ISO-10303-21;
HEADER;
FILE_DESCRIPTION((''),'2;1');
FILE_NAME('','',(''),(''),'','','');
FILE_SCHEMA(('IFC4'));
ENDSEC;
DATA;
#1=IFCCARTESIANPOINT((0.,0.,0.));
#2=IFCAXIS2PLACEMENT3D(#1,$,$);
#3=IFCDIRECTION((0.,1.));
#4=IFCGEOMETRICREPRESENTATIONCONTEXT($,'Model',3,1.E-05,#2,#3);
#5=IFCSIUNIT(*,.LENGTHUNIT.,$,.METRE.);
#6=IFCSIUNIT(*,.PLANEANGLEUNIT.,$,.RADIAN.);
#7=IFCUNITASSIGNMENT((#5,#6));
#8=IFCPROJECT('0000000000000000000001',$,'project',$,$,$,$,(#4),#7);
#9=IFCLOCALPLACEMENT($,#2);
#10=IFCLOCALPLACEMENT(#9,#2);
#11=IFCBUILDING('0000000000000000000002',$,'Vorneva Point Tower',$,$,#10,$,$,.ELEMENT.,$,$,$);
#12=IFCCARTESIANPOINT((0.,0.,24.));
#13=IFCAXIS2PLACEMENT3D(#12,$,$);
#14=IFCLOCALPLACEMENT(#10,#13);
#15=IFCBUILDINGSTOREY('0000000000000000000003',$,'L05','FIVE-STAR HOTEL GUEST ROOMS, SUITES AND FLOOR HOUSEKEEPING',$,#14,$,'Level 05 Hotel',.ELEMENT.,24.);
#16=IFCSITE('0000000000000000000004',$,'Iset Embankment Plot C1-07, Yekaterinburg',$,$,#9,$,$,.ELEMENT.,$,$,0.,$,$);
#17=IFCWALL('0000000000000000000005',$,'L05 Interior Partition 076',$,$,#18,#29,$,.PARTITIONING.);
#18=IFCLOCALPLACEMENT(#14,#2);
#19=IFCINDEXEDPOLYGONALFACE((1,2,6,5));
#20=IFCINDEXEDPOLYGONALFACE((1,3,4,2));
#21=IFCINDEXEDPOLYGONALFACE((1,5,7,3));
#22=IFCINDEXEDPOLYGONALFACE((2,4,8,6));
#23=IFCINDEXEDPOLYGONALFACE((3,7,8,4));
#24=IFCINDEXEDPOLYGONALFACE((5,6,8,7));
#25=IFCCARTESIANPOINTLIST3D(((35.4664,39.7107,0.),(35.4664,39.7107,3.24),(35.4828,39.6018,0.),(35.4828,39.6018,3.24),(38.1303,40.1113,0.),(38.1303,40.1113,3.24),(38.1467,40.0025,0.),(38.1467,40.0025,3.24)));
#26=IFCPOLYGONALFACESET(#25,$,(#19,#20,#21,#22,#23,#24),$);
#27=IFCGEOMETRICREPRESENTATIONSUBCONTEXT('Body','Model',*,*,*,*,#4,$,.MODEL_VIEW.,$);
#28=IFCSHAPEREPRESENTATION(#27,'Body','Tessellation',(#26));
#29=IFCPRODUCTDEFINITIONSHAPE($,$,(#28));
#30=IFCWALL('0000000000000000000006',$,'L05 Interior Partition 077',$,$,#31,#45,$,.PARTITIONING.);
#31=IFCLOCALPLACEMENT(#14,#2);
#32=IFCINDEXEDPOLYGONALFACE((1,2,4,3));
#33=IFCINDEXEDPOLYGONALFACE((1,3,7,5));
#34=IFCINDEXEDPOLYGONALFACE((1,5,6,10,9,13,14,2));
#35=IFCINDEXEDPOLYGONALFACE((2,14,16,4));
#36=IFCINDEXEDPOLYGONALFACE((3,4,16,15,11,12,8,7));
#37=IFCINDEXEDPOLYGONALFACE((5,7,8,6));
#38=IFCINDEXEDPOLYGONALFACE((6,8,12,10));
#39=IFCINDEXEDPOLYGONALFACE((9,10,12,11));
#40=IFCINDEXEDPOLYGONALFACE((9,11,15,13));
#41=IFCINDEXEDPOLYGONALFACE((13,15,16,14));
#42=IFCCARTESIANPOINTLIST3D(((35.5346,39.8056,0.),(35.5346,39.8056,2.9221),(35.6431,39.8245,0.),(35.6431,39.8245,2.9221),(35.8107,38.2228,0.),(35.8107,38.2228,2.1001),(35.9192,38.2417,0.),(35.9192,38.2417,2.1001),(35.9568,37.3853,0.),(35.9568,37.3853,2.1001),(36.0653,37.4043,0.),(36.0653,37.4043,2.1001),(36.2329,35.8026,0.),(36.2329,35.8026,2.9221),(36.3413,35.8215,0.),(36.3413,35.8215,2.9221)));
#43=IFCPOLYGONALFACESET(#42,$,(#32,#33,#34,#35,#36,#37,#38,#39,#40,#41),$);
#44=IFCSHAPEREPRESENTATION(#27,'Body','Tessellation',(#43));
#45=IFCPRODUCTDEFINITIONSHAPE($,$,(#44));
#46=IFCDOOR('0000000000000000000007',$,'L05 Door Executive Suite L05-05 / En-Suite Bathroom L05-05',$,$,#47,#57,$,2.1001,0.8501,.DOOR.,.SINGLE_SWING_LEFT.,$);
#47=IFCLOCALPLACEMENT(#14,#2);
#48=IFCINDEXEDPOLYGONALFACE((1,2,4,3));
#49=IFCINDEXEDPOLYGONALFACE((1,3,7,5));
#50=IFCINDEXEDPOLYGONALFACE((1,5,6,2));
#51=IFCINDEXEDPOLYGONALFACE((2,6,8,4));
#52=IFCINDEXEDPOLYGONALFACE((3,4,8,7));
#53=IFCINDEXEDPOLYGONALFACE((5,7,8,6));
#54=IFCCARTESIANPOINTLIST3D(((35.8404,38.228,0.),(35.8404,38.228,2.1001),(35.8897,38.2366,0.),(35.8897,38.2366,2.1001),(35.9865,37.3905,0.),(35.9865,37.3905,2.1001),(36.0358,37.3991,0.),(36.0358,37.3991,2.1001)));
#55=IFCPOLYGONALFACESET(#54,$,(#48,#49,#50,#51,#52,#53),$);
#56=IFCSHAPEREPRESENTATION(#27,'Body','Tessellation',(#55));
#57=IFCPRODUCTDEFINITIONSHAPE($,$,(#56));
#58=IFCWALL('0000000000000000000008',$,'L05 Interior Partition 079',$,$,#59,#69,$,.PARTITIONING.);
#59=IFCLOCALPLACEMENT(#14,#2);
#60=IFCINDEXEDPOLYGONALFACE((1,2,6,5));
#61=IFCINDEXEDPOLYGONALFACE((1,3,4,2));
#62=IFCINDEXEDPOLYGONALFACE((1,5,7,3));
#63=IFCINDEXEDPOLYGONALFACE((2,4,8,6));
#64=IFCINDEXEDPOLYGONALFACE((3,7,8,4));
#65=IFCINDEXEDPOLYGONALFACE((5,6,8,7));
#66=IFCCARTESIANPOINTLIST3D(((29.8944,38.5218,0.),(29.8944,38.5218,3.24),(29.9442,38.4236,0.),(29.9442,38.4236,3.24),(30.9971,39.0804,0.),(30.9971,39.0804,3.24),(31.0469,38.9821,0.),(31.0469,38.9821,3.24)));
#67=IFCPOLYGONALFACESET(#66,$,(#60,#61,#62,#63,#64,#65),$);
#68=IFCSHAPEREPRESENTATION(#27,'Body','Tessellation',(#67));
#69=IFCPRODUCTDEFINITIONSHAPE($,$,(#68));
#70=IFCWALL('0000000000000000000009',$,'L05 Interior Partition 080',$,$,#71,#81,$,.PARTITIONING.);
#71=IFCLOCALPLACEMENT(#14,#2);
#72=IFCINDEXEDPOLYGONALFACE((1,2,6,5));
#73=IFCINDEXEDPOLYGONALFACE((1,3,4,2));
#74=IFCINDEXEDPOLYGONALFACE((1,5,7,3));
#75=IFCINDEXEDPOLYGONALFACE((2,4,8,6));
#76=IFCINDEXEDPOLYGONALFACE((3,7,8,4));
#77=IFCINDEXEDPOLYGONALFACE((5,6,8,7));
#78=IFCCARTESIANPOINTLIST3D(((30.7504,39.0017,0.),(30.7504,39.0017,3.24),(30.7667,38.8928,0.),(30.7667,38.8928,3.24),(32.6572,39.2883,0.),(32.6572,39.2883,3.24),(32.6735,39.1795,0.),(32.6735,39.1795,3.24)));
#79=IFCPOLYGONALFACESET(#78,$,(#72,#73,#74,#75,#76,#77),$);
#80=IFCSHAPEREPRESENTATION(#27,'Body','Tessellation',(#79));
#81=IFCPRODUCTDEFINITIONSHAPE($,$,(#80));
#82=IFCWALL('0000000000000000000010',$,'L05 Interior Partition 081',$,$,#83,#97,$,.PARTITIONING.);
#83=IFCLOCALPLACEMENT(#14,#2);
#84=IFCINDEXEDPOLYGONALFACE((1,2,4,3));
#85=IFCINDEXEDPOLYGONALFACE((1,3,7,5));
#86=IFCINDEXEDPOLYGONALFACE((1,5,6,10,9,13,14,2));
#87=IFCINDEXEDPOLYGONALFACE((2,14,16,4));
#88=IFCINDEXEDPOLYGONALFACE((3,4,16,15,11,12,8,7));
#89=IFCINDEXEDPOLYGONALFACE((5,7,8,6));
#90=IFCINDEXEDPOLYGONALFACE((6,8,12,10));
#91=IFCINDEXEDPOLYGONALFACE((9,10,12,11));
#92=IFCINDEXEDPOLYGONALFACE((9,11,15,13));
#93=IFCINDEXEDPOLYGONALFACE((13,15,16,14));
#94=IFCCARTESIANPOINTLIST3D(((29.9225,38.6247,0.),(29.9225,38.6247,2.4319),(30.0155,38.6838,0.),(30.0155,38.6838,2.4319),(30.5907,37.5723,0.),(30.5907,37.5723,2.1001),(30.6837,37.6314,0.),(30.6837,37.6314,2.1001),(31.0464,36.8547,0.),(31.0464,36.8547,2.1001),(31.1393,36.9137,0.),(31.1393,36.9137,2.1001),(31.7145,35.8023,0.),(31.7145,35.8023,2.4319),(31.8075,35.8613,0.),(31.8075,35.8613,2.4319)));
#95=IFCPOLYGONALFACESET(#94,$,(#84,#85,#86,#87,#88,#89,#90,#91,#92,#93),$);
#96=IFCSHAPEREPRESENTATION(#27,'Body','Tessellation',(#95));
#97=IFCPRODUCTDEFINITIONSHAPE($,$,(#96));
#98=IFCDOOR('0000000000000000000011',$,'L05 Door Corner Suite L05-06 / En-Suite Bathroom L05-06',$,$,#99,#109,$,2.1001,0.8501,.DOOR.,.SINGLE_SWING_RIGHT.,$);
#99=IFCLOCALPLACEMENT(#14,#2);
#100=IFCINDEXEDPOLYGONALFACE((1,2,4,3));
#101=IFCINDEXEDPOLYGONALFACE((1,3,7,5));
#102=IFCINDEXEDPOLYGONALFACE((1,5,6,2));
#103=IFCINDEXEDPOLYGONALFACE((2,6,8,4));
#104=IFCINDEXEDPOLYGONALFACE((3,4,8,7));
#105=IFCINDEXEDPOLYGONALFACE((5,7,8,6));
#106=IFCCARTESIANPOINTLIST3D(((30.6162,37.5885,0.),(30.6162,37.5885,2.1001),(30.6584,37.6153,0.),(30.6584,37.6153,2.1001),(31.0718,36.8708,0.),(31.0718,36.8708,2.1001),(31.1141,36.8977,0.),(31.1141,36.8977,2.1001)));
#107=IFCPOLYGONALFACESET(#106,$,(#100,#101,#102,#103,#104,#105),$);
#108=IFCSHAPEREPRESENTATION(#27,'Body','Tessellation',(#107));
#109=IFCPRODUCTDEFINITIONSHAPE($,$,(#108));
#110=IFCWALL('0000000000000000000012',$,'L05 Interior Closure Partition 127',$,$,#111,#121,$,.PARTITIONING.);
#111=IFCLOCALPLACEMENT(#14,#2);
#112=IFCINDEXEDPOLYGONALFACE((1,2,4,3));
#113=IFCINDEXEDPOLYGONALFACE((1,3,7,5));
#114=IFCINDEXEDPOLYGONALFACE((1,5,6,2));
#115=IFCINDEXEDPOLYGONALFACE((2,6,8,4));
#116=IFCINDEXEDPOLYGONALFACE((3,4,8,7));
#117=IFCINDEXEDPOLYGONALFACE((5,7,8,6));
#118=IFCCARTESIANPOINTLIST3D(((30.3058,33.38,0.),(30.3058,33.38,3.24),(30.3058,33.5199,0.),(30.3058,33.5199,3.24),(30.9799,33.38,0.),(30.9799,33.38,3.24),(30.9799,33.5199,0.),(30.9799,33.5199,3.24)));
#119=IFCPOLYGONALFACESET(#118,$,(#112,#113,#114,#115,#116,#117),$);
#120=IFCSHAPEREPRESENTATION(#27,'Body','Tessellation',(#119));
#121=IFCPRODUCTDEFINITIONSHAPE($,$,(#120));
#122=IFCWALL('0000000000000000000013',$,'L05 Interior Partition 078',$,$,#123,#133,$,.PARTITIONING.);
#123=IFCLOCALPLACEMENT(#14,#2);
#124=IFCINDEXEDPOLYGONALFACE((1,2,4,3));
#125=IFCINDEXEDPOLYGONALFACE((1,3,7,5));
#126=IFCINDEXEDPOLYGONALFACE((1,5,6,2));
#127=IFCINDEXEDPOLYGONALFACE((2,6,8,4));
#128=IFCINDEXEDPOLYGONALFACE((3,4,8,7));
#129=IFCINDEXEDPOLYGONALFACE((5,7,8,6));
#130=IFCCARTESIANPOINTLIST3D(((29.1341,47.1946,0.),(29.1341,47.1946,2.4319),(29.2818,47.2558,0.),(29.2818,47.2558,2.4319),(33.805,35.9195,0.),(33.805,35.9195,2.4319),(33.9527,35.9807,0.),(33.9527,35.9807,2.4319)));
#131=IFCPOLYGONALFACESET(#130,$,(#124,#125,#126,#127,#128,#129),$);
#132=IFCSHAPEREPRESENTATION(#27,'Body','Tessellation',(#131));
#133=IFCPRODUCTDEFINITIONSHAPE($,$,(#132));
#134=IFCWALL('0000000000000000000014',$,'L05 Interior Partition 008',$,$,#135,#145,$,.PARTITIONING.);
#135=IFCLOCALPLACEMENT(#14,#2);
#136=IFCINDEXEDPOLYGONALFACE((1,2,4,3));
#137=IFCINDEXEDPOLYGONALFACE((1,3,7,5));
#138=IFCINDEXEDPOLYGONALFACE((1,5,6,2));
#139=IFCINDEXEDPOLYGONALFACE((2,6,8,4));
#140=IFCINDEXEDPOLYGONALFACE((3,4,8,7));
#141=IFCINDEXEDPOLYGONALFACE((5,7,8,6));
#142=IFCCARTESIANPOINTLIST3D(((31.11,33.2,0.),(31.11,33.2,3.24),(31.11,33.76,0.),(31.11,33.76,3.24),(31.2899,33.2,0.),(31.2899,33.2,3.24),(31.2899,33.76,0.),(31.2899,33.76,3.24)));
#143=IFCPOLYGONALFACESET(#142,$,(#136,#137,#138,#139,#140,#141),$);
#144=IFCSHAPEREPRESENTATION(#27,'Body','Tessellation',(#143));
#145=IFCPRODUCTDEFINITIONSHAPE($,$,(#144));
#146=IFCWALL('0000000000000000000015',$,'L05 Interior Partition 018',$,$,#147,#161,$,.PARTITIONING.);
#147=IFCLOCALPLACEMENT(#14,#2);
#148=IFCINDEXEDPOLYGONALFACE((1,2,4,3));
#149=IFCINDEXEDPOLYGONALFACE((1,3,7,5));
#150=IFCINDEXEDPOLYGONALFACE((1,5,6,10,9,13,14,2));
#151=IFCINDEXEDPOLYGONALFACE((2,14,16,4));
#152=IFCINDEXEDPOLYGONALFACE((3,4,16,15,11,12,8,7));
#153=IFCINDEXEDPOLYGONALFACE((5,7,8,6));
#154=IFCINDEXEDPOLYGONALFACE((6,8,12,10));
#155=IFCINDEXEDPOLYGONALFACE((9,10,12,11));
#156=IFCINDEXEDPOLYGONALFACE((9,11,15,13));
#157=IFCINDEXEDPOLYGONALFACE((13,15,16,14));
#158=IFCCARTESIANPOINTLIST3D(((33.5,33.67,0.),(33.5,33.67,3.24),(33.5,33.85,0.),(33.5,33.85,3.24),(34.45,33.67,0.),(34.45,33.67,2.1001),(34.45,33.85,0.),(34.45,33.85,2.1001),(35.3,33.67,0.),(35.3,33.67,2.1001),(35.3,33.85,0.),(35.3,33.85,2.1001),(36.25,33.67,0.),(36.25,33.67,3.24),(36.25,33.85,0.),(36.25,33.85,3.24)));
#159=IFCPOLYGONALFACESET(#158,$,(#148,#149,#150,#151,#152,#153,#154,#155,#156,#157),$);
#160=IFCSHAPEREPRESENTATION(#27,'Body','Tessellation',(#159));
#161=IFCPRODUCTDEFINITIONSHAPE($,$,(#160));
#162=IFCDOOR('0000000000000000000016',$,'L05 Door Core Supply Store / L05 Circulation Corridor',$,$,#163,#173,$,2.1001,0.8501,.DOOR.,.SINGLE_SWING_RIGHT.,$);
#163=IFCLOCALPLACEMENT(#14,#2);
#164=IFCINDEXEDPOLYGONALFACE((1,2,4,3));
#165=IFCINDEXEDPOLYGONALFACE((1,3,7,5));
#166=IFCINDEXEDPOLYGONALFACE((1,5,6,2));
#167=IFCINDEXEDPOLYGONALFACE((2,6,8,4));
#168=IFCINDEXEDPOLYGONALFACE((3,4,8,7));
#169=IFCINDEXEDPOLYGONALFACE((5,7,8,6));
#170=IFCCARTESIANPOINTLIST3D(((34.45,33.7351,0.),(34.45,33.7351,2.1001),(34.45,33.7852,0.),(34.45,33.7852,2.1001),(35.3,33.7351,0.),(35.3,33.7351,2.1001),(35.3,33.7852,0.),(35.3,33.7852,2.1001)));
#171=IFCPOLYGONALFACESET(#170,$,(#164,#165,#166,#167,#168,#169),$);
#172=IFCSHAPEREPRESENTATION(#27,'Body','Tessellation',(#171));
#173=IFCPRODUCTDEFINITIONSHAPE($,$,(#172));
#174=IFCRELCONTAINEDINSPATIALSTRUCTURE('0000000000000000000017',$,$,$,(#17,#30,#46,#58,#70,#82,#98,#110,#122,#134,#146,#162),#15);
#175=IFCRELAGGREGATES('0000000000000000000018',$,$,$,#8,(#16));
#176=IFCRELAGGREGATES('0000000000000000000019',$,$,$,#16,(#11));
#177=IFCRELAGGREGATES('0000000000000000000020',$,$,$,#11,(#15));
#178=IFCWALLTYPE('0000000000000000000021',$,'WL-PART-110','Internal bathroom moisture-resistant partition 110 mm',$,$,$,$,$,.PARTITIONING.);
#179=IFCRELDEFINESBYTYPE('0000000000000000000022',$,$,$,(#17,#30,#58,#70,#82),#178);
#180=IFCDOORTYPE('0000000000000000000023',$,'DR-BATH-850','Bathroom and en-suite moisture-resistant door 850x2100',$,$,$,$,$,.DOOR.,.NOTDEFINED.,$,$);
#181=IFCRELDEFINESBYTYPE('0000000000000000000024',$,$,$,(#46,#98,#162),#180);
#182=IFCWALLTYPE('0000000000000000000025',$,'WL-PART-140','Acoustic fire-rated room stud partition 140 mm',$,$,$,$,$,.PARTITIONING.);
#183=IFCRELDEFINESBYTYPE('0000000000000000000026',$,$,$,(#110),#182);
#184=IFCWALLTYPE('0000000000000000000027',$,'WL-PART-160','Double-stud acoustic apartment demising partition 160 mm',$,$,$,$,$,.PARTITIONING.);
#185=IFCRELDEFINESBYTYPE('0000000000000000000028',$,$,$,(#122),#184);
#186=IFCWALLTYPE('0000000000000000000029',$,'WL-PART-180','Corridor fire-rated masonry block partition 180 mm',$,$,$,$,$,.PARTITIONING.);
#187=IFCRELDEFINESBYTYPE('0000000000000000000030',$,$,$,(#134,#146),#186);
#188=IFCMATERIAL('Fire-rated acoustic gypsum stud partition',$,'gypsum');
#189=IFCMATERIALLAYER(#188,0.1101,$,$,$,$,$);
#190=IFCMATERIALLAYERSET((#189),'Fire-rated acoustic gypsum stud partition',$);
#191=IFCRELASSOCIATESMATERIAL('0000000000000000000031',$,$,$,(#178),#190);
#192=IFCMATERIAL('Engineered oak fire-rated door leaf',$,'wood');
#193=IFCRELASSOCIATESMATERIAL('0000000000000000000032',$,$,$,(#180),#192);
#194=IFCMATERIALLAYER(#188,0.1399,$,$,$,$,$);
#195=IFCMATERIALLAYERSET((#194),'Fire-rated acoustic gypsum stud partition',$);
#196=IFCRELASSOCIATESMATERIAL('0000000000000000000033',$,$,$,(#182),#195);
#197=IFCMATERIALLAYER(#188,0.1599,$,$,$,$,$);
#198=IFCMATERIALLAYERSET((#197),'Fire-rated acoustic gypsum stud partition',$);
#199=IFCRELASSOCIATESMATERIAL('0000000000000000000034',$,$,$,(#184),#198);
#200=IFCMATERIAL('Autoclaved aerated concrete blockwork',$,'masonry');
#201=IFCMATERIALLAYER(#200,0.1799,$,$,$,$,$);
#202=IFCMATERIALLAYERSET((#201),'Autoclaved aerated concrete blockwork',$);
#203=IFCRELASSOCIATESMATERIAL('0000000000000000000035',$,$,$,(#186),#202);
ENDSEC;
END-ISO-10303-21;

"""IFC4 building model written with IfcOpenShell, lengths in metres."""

from ifc_helpers import new_model, si_unit, direction, frame, frame_2d, origin, place, context, subcontext, project, spatial, rectangle, extrude, material, layer, layer_set, type_object, element, fill, save


model = new_model("IFC4")

# Units and contexts
model_context = context("Model", 3, precision=1e-05, world=origin(), true_north=direction((0.0, 1.0)))
body_context = subcontext(model_context, "Body", "Model", "MODEL_VIEW")
ifc_project = project(units=[si_unit("LENGTHUNIT", "METRE"), si_unit("PLANEANGLEUNIT", "RADIAN")], contexts=[model_context])

# Site, building, storey
site_placement = place(None, origin())
site = spatial("IfcSite", under=ifc_project, at=site_placement, Name="Iset Embankment Plot C1-07, Yekaterinburg", CompositionType="ELEMENT", RefElevation=0.0)
building_placement = place(site_placement, origin())
building = spatial("IfcBuilding", under=site, at=building_placement, Name="Vorneva Point Tower", CompositionType="ELEMENT")
storey_placement = place(building_placement, frame((0.0, 0.0, 24.0)))
storey = spatial("IfcBuildingStorey", under=building, at=storey_placement, Name="L05", Description="FIVE-STAR HOTEL GUEST ROOMS, SUITES AND FLOOR HOUSEKEEPING", LongName="Level 05 Hotel", CompositionType="ELEMENT", Elevation=24.0)

# Wall
ifc_material_1 = material(Name="Fire-rated acoustic gypsum stud partition", Category="gypsum")
ifc_layer_1 = layer(ifc_material_1, 0.1101)
ifc_layer_set_1 = layer_set([ifc_layer_1], Name="Fire-rated acoustic gypsum stud partition")
wall_type_1 = type_object("IfcWallType", Name="WL-PART-110", Description="Internal bathroom moisture-resistant partition 110 mm", PredefinedType="PARTITIONING", material=ifc_layer_set_1)
wall_1_placement = place(storey_placement, frame((35.4746, 39.6562, 0.0), z_axis=(0.0, 0.0, 1.0), x_axis=(0.988878, 0.148726, 0.0)))
element("IfcWall", 1, at=wall_1_placement, inside=storey, type_object=wall_type_1, Name="L05 Interior Partition 076", PredefinedType="PARTITIONING", context=body_context, shape_type="SweptSolid", body=[
    extrude(rectangle(XDim=2.6938, YDim=0.1101, at=frame_2d((1.3469, 0.0))), origin(), (0.0, 0.0, 1.0), 3.24),
])

# Wall, opening, door
wall_2_placement = place(storey_placement, frame((36.2871, 35.812, 0.0), z_axis=(0.0, 0.0, 1.0), x_axis=(-0.171838, 0.985125, 0.0)))
wall_2 = element("IfcWall", 2, at=wall_2_placement, inside=storey, type_object=wall_type_1, Name="L05 Interior Partition 077", PredefinedType="PARTITIONING", context=body_context, shape_type="SweptSolid", body=[
    extrude(rectangle(XDim=4.0635, YDim=0.1101, at=frame_2d((2.0317, 0.0))), origin(), (0.0, 0.0, 1.0), 2.9221),
])
opening_1_placement = place(wall_2_placement, frame((1.6067, 0.0, 0.0)))
opening_1 = element("IfcOpeningElement", 3, at=opening_1_placement, cuts=wall_2, PredefinedType="OPENING", context=body_context, shape_type="SweptSolid", body=[
    extrude(rectangle(XDim=0.8501, YDim=2.1001, at=frame_2d((0.425, 1.05))), frame((0.0, 0.0698, 0.0), z_axis=(0.0, -1.0, 0.0), x_axis=(1.0, 0.0, 0.0)), (0.0, 0.0, 1.0), 0.1399),
])
ifc_material_2 = material(Name="Engineered oak fire-rated door leaf", Category="wood")
door_type_1 = type_object("IfcDoorType", Name="DR-BATH-850", Description="Bathroom and en-suite moisture-resistant door 850x2100", OperationType="NOTDEFINED", PredefinedType="DOOR", material=ifc_material_2)
door_1_placement = place(opening_1_placement, origin())
door_1 = element("IfcDoor", 4, at=door_1_placement, inside=storey, type_object=door_type_1, Name="L05 Door Executive Suite L05-05 / En-Suite Bathroom L05-05", OperationType="SINGLE_SWING_LEFT", OverallHeight=2.1001, OverallWidth=0.8501, PredefinedType="DOOR", context=body_context, shape_type="SweptSolid", body=[
    extrude(rectangle(XDim=0.8501, YDim=2.1001, at=frame_2d((0.425, 1.05))), frame((0.0, 0.0249, 0.0), z_axis=(0.0, -1.0, 0.0), x_axis=(1.0, 0.0, 0.0)), (0.0, 0.0, 1.0), 0.05),
])
fill(opening_1, door_1)

# Walls
wall_3_placement = place(storey_placement, frame((29.9192, 38.4727, 0.0), z_axis=(0.0, 0.0, 1.0), x_axis=(0.892085, 0.451868, 0.0)))
element("IfcWall", 5, at=wall_3_placement, inside=storey, type_object=wall_type_1, Name="L05 Interior Partition 079", PredefinedType="PARTITIONING", context=body_context, shape_type="SweptSolid", body=[
    extrude(rectangle(XDim=1.2361, YDim=0.1101, at=frame_2d((0.6182, 0.0))), origin(), (0.0, 0.0, 1.0), 3.24),
])
wall_4_placement = place(storey_placement, frame((30.7585, 38.9473, 0.0), z_axis=(0.0, 0.0, 1.0), x_axis=(0.98889, 0.14865, 0.0)))
element("IfcWall", 6, at=wall_4_placement, inside=storey, type_object=wall_type_1, Name="L05 Interior Partition 080", PredefinedType="PARTITIONING", context=body_context, shape_type="SweptSolid", body=[
    extrude(rectangle(XDim=1.9282, YDim=0.1101, at=frame_2d((0.9641, 0.0))), origin(), (0.0, 0.0, 1.0), 3.24),
])

# Wall, opening, door
wall_5_placement = place(storey_placement, frame((31.761, 35.8318, 0.0), z_axis=(0.0, 0.0, 1.0), x_axis=(-0.535992, 0.844223, 0.0)))
wall_5 = element("IfcWall", 7, at=wall_5_placement, inside=storey, type_object=wall_type_1, Name="L05 Interior Partition 081", PredefinedType="PARTITIONING", context=body_context, shape_type="SweptSolid", body=[
    extrude(rectangle(XDim=3.3433, YDim=0.1101, at=frame_2d((1.6716, 0.0))), origin(), (0.0, 0.0, 1.0), 2.4319),
])
opening_2_placement = place(wall_5_placement, frame((1.2466, 0.0, 0.0)))
opening_2 = element("IfcOpeningElement", 8, at=opening_2_placement, cuts=wall_5, PredefinedType="OPENING", context=body_context, shape_type="SweptSolid", body=[
    extrude(rectangle(XDim=0.8501, YDim=2.1001, at=frame_2d((0.425, 1.05))), frame((0.0, 0.0698, 0.0), z_axis=(0.0, -1.0, 0.0), x_axis=(1.0, 0.0, 0.0)), (0.0, 0.0, 1.0), 0.1399),
])
door_2_placement = place(opening_2_placement, origin())
door_2 = element("IfcDoor", 9, at=door_2_placement, inside=storey, type_object=door_type_1, Name="L05 Door Corner Suite L05-06 / En-Suite Bathroom L05-06", OperationType="SINGLE_SWING_RIGHT", OverallHeight=2.1001, OverallWidth=0.8501, PredefinedType="DOOR", context=body_context, shape_type="SweptSolid", body=[
    extrude(rectangle(XDim=0.8501, YDim=2.1001, at=frame_2d((0.425, 1.05))), frame((0.0, 0.0249, 0.0), z_axis=(0.0, -1.0, 0.0), x_axis=(1.0, 0.0, 0.0)), (0.0, 0.0, 1.0), 0.05),
])
fill(opening_2, door_2)

# Walls
ifc_layer_2 = layer(ifc_material_1, 0.1399)
ifc_layer_set_2 = layer_set([ifc_layer_2], Name="Fire-rated acoustic gypsum stud partition")
wall_type_2 = type_object("IfcWallType", Name="WL-PART-140", Description="Acoustic fire-rated room stud partition 140 mm", PredefinedType="PARTITIONING", material=ifc_layer_set_2)
wall_6_placement = place(storey_placement, frame((30.3059, 33.45, 0.0), z_axis=(0.0, 0.0, 1.0), x_axis=(1.0, 0.0, 0.0)))
element("IfcWall", 10, at=wall_6_placement, inside=storey, type_object=wall_type_2, Name="L05 Interior Closure Partition 127", PredefinedType="PARTITIONING", context=body_context, shape_type="SweptSolid", body=[
    extrude(rectangle(XDim=0.6741, YDim=0.1399, at=frame_2d((0.3369, 0.0))), origin(), (0.0, 0.0, 1.0), 3.24),
])
ifc_layer_3 = layer(ifc_material_1, 0.1599)
ifc_layer_set_3 = layer_set([ifc_layer_3], Name="Fire-rated acoustic gypsum stud partition")
wall_type_3 = type_object("IfcWallType", Name="WL-PART-160", Description="Double-stud acoustic apartment demising partition 160 mm", PredefinedType="PARTITIONING", material=ifc_layer_set_3)
wall_7_placement = place(storey_placement, frame((29.208, 47.2251, 0.0), z_axis=(0.0, 0.0, 1.0), x_axis=(0.382724, -0.923863, 0.0)))
element("IfcWall", 11, at=wall_7_placement, inside=storey, type_object=wall_type_3, Name="L05 Interior Partition 078", PredefinedType="PARTITIONING", context=body_context, shape_type="SweptSolid", body=[
    extrude(rectangle(XDim=12.2043, YDim=0.1599, at=frame_2d((6.1021, 0.0))), origin(), (0.0, 0.0, 1.0), 2.4319),
])

# Shared definitions
ifc_material_3 = material(Name="Autoclaved aerated concrete blockwork", Category="masonry")
ifc_layer_4 = layer(ifc_material_3, 0.1799)
ifc_layer_set_4 = layer_set([ifc_layer_4], Name="Autoclaved aerated concrete blockwork")
wall_type_4 = type_object("IfcWallType", Name="WL-PART-180", Description="Corridor fire-rated masonry block partition 180 mm", PredefinedType="PARTITIONING", material=ifc_layer_set_4)

# Wall
wall_8_placement = place(storey_placement, frame((31.2, 33.76, 0.0), z_axis=(0.0, 0.0, 1.0), x_axis=(0.0, -1.0, 0.0)))
element("IfcWall", 12, at=wall_8_placement, inside=storey, type_object=wall_type_4, Name="L05 Interior Partition 008", PredefinedType="PARTITIONING", context=body_context, shape_type="SweptSolid", body=[
    extrude(rectangle(XDim=0.5601, YDim=0.1799, at=frame_2d((0.28, 0.0))), origin(), (0.0, 0.0, 1.0), 3.24),
])

# Wall, opening, door
wall_9_placement = place(storey_placement, frame((36.25, 33.76, 0.0), z_axis=(0.0, 0.0, 1.0), x_axis=(-1.0, 0.0, 0.0)))
wall_9 = element("IfcWall", 13, at=wall_9_placement, inside=storey, type_object=wall_type_4, Name="L05 Interior Partition 018", PredefinedType="PARTITIONING", context=body_context, shape_type="SweptSolid", body=[
    extrude(rectangle(XDim=2.75, YDim=0.1799, at=frame_2d((1.375, 0.0))), origin(), (0.0, 0.0, 1.0), 3.24),
])
opening_3_placement = place(wall_9_placement, frame((0.95, 0.0, 0.0)))
opening_3 = element("IfcOpeningElement", 14, at=opening_3_placement, cuts=wall_9, PredefinedType="OPENING", context=body_context, shape_type="SweptSolid", body=[
    extrude(rectangle(XDim=0.8501, YDim=2.1001, at=frame_2d((0.425, 1.05))), frame((0.0, 0.105, 0.0), z_axis=(0.0, -1.0, 0.0), x_axis=(1.0, 0.0, 0.0)), (0.0, 0.0, 1.0), 0.2097),
])
door_3_placement = place(opening_3_placement, origin())
door_3 = element("IfcDoor", 15, at=door_3_placement, inside=storey, type_object=door_type_1, Name="L05 Door Core Supply Store / L05 Circulation Corridor", OperationType="SINGLE_SWING_RIGHT", OverallHeight=2.1001, OverallWidth=0.8501, PredefinedType="DOOR", context=body_context, shape_type="SweptSolid", body=[
    extrude(rectangle(XDim=0.8501, YDim=2.1001, at=frame_2d((0.425, 1.05))), frame((0.0, 0.0249, 0.0), z_axis=(0.0, -1.0, 0.0), x_axis=(1.0, 0.0, 0.0)), (0.0, 0.0, 1.0), 0.05),
])
fill(opening_3, door_3)

save(model, "model.ifc")
